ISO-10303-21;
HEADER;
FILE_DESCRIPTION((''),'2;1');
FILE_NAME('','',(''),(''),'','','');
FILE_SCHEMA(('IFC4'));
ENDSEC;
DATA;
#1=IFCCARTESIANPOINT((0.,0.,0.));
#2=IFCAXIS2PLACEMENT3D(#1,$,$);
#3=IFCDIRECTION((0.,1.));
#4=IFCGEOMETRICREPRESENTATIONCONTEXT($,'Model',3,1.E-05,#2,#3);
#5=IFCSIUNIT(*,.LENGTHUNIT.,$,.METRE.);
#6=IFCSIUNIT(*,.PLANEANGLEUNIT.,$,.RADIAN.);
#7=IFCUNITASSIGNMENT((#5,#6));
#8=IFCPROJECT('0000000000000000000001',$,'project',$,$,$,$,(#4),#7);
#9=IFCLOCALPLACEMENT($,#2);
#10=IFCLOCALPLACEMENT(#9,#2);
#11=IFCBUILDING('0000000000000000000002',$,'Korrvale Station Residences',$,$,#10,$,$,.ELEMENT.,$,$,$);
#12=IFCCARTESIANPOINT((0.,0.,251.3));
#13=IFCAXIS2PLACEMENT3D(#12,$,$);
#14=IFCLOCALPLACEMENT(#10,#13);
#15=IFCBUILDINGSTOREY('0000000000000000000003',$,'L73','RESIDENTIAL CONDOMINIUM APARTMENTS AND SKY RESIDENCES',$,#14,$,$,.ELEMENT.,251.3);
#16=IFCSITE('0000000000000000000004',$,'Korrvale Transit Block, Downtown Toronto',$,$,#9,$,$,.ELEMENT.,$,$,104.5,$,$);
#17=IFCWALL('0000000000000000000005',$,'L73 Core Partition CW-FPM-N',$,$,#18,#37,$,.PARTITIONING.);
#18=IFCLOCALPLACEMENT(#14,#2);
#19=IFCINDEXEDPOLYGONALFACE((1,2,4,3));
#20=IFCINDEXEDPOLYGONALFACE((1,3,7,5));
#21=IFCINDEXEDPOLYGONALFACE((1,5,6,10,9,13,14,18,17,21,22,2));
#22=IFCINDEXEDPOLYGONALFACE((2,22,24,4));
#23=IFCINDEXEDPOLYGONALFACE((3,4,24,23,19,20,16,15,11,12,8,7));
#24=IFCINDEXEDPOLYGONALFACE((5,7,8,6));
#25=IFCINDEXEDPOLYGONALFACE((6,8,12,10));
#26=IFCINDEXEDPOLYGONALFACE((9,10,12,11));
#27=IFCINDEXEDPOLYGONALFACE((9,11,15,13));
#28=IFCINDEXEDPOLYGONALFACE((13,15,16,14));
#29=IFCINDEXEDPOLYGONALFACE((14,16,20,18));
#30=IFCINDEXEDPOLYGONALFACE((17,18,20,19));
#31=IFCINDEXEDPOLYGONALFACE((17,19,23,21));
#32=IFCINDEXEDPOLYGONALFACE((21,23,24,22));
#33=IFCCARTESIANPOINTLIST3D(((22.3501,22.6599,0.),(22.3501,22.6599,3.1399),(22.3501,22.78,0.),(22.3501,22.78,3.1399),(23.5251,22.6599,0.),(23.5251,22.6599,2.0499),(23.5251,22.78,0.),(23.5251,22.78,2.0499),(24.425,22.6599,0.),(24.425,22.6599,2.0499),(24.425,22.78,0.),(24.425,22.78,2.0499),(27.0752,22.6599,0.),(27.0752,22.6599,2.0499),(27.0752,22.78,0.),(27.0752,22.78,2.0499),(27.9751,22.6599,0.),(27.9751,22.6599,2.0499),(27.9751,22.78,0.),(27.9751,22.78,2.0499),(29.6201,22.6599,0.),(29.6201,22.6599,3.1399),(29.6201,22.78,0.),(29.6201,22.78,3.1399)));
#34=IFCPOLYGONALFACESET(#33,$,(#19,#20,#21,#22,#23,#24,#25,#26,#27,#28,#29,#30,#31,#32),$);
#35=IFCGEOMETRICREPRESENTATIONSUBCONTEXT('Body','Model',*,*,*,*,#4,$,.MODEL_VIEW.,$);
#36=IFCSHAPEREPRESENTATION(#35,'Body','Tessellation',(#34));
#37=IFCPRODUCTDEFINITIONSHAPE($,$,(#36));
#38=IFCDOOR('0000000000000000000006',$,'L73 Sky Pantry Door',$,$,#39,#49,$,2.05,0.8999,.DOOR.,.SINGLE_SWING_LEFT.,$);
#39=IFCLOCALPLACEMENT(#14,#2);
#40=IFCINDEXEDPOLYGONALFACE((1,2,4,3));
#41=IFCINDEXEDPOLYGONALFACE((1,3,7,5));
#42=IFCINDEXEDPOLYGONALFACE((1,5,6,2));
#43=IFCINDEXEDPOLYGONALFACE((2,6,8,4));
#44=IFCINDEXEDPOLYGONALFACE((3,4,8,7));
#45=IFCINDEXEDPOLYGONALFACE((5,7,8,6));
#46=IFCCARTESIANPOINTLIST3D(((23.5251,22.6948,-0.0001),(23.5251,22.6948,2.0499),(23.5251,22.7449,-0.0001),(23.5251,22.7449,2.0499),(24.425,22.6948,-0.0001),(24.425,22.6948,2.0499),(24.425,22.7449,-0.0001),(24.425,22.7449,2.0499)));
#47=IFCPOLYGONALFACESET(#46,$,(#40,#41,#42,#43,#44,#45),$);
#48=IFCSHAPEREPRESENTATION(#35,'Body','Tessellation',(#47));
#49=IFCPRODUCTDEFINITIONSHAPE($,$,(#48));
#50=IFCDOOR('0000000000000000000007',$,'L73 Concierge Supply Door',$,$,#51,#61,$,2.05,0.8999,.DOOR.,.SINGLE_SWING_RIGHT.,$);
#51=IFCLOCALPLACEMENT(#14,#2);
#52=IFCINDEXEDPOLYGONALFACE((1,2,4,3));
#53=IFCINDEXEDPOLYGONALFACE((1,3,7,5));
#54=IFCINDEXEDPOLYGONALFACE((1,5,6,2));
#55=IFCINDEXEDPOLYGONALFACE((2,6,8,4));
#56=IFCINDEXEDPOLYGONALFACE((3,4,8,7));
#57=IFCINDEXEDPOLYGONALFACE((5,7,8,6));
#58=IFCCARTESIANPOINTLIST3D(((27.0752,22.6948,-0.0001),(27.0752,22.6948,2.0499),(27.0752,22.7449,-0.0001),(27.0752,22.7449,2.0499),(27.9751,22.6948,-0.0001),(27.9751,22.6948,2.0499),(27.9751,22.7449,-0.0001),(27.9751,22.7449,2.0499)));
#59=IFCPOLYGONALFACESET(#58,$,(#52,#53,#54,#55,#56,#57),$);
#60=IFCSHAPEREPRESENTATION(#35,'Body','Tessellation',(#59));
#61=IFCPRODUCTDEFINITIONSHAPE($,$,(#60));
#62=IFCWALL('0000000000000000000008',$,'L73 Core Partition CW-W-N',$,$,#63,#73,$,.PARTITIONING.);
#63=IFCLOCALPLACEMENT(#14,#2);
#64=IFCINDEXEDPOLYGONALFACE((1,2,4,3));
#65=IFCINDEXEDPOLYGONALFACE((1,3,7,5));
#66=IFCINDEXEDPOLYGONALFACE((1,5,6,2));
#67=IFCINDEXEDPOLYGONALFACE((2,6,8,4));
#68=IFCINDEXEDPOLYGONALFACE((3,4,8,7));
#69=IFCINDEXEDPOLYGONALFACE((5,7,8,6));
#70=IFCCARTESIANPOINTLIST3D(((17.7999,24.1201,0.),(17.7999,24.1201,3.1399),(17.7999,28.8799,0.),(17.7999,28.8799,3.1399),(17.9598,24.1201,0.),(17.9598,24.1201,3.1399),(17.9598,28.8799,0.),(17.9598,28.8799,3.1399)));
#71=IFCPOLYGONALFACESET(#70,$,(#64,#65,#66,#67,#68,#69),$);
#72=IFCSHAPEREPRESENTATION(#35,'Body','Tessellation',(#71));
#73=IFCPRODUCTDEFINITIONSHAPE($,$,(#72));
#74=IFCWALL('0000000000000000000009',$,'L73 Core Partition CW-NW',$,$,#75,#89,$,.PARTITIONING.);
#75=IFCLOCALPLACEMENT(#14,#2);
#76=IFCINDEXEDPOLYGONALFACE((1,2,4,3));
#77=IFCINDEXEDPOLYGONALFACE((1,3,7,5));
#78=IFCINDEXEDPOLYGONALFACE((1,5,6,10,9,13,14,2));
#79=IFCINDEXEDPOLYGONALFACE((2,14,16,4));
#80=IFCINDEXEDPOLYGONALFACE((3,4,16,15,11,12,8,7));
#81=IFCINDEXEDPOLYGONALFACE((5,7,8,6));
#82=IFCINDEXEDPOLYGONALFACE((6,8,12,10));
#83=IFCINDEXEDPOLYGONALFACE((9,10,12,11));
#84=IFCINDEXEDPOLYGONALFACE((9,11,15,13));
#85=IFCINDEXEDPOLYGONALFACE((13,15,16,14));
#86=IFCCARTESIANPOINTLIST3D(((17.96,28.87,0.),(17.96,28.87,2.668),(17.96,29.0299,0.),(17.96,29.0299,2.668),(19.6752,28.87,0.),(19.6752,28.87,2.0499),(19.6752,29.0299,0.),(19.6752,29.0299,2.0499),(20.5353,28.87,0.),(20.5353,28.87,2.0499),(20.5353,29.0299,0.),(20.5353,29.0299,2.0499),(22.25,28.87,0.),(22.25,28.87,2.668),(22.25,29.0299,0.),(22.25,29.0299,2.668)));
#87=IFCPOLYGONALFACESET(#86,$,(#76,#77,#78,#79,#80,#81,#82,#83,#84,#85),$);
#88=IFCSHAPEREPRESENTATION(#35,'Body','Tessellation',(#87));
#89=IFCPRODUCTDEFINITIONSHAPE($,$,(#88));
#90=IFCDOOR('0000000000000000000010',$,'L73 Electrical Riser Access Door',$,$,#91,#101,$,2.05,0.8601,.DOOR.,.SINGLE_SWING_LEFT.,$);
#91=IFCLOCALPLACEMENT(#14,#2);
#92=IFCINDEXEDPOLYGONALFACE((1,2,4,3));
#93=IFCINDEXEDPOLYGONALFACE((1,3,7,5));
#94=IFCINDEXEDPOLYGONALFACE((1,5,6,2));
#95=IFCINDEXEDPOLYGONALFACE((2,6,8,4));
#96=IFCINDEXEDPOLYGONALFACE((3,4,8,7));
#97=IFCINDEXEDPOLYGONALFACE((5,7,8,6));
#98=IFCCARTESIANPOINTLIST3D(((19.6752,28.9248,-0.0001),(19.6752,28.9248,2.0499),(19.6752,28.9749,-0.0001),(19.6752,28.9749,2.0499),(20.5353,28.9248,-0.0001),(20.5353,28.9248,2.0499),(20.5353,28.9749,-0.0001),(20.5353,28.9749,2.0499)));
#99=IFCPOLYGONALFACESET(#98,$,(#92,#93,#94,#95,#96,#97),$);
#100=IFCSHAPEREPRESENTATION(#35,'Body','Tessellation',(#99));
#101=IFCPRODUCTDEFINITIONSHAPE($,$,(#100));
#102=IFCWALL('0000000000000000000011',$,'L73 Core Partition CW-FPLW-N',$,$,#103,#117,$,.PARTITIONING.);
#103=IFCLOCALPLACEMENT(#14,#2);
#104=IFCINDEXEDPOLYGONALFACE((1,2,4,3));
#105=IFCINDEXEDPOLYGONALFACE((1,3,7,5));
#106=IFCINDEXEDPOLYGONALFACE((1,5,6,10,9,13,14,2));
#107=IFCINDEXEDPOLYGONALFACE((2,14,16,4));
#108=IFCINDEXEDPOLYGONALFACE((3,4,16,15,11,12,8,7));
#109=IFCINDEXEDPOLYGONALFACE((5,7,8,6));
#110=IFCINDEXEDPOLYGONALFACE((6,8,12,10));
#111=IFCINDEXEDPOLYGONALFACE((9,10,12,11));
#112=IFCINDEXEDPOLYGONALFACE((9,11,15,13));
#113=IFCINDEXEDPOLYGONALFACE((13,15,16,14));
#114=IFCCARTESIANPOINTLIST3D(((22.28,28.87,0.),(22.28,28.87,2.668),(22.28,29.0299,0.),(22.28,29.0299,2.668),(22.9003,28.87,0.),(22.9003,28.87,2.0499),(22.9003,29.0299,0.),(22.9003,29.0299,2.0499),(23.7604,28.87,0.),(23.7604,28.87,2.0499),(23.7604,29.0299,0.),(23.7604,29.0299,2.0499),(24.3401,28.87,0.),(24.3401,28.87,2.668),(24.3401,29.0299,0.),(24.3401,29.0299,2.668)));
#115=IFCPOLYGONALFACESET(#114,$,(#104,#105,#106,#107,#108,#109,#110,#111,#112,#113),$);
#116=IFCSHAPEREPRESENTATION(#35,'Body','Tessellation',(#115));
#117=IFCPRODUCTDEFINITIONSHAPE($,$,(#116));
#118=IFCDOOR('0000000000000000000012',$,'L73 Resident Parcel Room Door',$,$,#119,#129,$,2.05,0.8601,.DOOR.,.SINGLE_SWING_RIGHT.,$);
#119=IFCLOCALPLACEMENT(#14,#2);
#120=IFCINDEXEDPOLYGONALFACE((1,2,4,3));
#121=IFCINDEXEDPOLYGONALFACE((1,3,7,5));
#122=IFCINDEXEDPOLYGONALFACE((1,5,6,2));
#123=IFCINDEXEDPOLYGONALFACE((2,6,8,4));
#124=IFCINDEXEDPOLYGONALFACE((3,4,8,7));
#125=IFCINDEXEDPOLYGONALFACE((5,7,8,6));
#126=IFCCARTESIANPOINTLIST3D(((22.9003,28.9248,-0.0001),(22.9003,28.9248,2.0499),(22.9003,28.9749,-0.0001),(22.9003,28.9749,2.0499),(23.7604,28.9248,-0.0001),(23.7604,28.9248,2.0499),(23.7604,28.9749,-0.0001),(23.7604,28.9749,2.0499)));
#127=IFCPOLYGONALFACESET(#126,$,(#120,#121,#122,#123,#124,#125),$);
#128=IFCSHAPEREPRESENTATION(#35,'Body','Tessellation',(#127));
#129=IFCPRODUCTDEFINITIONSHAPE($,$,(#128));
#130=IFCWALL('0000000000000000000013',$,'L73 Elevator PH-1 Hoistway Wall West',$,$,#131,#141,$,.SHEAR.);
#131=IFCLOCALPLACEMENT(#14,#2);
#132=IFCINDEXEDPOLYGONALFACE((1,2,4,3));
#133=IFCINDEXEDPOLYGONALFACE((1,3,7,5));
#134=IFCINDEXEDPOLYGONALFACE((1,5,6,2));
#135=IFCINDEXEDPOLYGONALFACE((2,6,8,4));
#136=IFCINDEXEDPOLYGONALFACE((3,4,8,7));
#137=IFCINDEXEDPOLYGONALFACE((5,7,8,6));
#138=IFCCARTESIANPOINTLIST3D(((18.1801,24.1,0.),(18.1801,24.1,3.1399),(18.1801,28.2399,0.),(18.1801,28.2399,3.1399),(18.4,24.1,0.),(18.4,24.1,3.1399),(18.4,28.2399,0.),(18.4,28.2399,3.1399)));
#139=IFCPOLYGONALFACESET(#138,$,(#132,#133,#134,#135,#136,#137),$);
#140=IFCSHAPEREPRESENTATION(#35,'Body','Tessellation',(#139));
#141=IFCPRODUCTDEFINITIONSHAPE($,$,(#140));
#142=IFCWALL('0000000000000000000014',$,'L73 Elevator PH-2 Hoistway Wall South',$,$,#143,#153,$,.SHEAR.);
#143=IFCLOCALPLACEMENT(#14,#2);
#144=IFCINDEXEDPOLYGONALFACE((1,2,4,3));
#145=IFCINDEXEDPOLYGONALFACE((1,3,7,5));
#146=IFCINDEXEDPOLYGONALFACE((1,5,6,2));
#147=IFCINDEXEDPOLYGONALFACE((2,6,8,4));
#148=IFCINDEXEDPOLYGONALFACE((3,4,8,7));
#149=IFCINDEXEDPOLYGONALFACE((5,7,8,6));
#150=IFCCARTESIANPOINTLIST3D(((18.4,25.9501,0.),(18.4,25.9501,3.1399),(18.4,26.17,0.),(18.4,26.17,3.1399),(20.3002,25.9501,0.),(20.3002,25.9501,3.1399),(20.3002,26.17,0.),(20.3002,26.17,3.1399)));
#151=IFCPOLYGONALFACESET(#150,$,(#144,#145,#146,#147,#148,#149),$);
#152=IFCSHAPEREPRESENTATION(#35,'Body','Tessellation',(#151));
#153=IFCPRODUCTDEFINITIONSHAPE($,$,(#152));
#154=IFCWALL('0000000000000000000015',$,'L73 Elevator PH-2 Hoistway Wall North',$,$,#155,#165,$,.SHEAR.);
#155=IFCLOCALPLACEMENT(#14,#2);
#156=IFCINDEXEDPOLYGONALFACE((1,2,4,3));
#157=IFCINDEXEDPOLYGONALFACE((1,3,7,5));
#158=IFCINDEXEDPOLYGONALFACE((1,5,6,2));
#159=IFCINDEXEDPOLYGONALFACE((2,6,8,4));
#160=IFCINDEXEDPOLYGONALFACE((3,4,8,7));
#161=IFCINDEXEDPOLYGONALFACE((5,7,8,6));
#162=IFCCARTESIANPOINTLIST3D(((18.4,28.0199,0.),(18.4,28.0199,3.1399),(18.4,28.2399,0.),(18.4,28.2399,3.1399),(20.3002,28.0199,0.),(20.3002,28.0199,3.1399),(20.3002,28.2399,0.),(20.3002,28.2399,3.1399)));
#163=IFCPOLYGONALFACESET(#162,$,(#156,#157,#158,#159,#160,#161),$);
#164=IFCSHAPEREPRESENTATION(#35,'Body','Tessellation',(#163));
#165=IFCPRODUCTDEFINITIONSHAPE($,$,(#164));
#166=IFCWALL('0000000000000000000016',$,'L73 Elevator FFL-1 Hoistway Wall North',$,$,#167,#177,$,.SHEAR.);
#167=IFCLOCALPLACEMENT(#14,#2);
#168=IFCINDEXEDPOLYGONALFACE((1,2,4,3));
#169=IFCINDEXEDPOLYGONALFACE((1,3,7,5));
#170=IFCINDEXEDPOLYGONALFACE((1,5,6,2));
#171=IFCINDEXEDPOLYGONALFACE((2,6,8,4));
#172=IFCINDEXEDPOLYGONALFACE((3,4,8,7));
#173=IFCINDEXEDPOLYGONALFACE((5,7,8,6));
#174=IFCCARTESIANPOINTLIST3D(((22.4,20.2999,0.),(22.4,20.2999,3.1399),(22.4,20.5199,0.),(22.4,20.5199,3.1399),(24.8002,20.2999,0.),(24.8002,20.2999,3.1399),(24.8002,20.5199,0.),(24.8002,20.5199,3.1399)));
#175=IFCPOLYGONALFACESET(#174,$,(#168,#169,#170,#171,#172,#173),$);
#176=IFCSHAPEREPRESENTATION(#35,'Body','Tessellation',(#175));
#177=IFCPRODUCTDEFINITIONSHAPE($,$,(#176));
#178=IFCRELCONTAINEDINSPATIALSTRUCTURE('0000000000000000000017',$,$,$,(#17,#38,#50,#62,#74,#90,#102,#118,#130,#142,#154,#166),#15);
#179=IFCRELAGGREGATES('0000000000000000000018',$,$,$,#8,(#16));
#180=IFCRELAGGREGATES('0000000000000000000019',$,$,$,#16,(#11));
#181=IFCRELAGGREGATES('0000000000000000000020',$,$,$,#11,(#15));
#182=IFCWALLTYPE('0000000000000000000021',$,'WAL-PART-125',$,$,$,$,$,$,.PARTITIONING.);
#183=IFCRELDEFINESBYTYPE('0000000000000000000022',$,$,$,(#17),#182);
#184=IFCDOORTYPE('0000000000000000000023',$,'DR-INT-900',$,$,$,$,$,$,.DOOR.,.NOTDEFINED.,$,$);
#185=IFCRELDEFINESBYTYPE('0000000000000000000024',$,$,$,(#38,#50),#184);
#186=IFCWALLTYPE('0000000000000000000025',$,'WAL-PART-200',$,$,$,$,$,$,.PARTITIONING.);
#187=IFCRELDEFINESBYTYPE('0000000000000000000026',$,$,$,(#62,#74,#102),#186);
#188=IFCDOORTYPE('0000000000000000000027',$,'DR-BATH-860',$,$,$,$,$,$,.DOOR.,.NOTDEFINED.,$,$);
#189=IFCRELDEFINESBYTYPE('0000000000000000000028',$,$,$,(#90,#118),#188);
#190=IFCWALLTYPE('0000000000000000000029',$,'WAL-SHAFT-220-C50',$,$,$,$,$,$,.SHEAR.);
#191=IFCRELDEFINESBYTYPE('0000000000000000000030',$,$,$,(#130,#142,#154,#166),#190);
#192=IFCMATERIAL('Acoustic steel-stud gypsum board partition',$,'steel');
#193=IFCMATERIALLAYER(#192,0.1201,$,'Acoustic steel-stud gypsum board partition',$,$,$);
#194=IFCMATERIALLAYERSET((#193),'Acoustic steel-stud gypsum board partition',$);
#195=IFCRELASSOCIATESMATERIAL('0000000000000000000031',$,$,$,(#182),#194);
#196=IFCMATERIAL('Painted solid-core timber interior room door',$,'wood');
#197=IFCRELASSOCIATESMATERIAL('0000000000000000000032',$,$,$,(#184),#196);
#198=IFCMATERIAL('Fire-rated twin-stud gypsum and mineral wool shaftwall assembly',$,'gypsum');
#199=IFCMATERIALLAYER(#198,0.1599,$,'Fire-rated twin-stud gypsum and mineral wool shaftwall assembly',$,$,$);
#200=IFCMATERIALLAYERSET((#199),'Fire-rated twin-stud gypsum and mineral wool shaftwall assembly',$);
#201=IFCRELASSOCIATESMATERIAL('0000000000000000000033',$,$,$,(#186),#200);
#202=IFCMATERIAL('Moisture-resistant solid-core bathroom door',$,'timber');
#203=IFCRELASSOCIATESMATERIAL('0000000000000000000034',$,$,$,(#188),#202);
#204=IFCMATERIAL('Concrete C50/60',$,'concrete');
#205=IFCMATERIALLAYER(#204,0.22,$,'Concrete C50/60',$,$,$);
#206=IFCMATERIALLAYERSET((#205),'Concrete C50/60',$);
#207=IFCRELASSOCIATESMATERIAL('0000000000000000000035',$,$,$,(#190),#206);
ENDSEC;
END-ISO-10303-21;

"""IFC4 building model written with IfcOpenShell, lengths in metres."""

from ifc_helpers import new_model, si_unit, direction, frame, frame_2d, origin, place, context, subcontext, project, spatial, rectangle, extrude, material, layer, layer_set, type_object, element, fill, save


model = new_model("IFC4")

# Units and contexts
model_context = context("Model", 3, precision=1e-05, world=origin(), true_north=direction((0.0, 1.0)))
body_context = subcontext(model_context, "Body", "Model", "MODEL_VIEW")
ifc_project = project(units=[si_unit("LENGTHUNIT", "METRE"), si_unit("PLANEANGLEUNIT", "RADIAN")], contexts=[model_context])

# Site, building, storey
site_placement = place(None, origin())
site = spatial("IfcSite", under=ifc_project, at=site_placement, Name="Korrvale Transit Block, Downtown Toronto", CompositionType="ELEMENT", RefElevation=104.5)
building_placement = place(site_placement, origin())
building = spatial("IfcBuilding", under=site, at=building_placement, Name="Korrvale Station Residences", CompositionType="ELEMENT")
storey_placement = place(building_placement, frame((0.0, 0.0, 251.3)))
storey = spatial("IfcBuildingStorey", under=building, at=storey_placement, Name="L73", Description="RESIDENTIAL CONDOMINIUM APARTMENTS AND SKY RESIDENCES", CompositionType="ELEMENT", Elevation=251.3)

# Shared definitions
ifc_material_1 = material(Name="Concrete C50/60", Category="concrete")

# Shared definitions
ifc_material_2 = material(Name="Acoustic steel-stud gypsum board partition", Category="steel")
ifc_layer_1 = layer(ifc_material_2, 0.1201, Name="Acoustic steel-stud gypsum board partition")
ifc_layer_set_1 = layer_set([ifc_layer_1], Name="Acoustic steel-stud gypsum board partition")
wall_type_1 = type_object("IfcWallType", Name="WAL-PART-125", PredefinedType="PARTITIONING", material=ifc_layer_set_1)

# Wall, openings, doors
wall_1_placement = place(storey_placement, frame((22.3501, 22.72, 0.0), z_axis=(0.0, 0.0, 1.0), x_axis=(1.0, 0.0, 0.0)))
wall_1 = element("IfcWall", 1, at=wall_1_placement, inside=storey, type_object=wall_type_1, Name="L73 Core Partition CW-FPM-N", PredefinedType="PARTITIONING", context=body_context, shape_type="SweptSolid", body=[
    extrude(rectangle(XDim=7.27, YDim=0.1201, at=frame_2d((3.635, 0.0))), origin(), (0.0, 0.0, 1.0), 3.1399),
])
opening_1_placement = place(wall_1_placement, frame((1.175, 0.0, 0.0)))
opening_1 = element("IfcOpeningElement", 2, at=opening_1_placement, cuts=wall_1, PredefinedType="OPENING", context=body_context, shape_type="SweptSolid", body=[
    extrude(rectangle(XDim=0.8999, YDim=2.05, at=frame_2d((0.45, 1.0249))), frame((0.0, 0.0701, 0.0), z_axis=(0.0, -1.0, 0.0), x_axis=(1.0, 0.0, 0.0)), (0.0, 0.0, 1.0), 0.1401),
])
opening_2_placement = place(wall_1_placement, frame((4.7251, 0.0, 0.0)))
opening_2 = element("IfcOpeningElement", 3, at=opening_2_placement, cuts=wall_1, PredefinedType="OPENING", context=body_context, shape_type="SweptSolid", body=[
    extrude(rectangle(XDim=0.8999, YDim=2.05, at=frame_2d((0.45, 1.0249))), frame((0.0, 0.0701, 0.0), z_axis=(0.0, -1.0, 0.0), x_axis=(1.0, 0.0, 0.0)), (0.0, 0.0, 1.0), 0.1401),
])
ifc_material_3 = material(Name="Painted solid-core timber interior room door", Category="wood")
door_type_1 = type_object("IfcDoorType", Name="DR-INT-900", OperationType="NOTDEFINED", PredefinedType="DOOR", material=ifc_material_3)
door_1_placement = place(opening_1_placement, origin())
door_1 = element("IfcDoor", 4, at=door_1_placement, inside=storey, type_object=door_type_1, Name="L73 Sky Pantry Door", OperationType="SINGLE_SWING_LEFT", OverallHeight=2.05, OverallWidth=0.8999, PredefinedType="DOOR", context=body_context, shape_type="SweptSolid", body=[
    extrude(rectangle(XDim=0.8999, YDim=2.05, at=frame_2d((0.45, 1.0249))), frame((0.0, 0.0249, 0.0), z_axis=(0.0, -1.0, 0.0), x_axis=(1.0, 0.0, 0.0)), (0.0, 0.0, 1.0), 0.05),
])
fill(opening_1, door_1)
door_2_placement = place(opening_2_placement, origin())
door_2 = element("IfcDoor", 5, at=door_2_placement, inside=storey, type_object=door_type_1, Name="L73 Concierge Supply Door", OperationType="SINGLE_SWING_RIGHT", OverallHeight=2.05, OverallWidth=0.8999, PredefinedType="DOOR", context=body_context, shape_type="SweptSolid", body=[
    extrude(rectangle(XDim=0.8999, YDim=2.05, at=frame_2d((0.45, 1.0249))), frame((0.0, 0.0249, 0.0), z_axis=(0.0, -1.0, 0.0), x_axis=(1.0, 0.0, 0.0)), (0.0, 0.0, 1.0), 0.05),
])
fill(opening_2, door_2)

# Wall
ifc_material_4 = material(Name="Fire-rated twin-stud gypsum and mineral wool shaftwall assembly", Category="gypsum")
ifc_layer_2 = layer(ifc_material_4, 0.1599, Name="Fire-rated twin-stud gypsum and mineral wool shaftwall assembly")
ifc_layer_set_2 = layer_set([ifc_layer_2], Name="Fire-rated twin-stud gypsum and mineral wool shaftwall assembly")
wall_type_2 = type_object("IfcWallType", Name="WAL-PART-200", PredefinedType="PARTITIONING", material=ifc_layer_set_2)
wall_2_placement = place(storey_placement, frame((17.8799, 24.1201, 0.0), z_axis=(0.0, 0.0, 1.0), x_axis=(0.0, 1.0, 0.0)))
element("IfcWall", 6, at=wall_2_placement, inside=storey, type_object=wall_type_2, Name="L73 Core Partition CW-W-N", PredefinedType="PARTITIONING", context=body_context, shape_type="SweptSolid", body=[
    extrude(rectangle(XDim=4.7598, YDim=0.1599, at=frame_2d((2.3799, 0.0))), origin(), (0.0, 0.0, 1.0), 3.1399),
])

# Walls, openings, doors
wall_3_placement = place(storey_placement, frame((17.96, 28.95, 0.0), z_axis=(0.0, 0.0, 1.0), x_axis=(1.0, 0.0, 0.0)))
wall_3 = element("IfcWall", 7, at=wall_3_placement, inside=storey, type_object=wall_type_2, Name="L73 Core Partition CW-NW", PredefinedType="PARTITIONING", context=body_context, shape_type="SweptSolid", body=[
    extrude(rectangle(XDim=4.29, YDim=0.1599, at=frame_2d((2.145, 0.0))), origin(), (0.0, 0.0, 1.0), 2.668),
])
opening_3_placement = place(wall_3_placement, frame((1.7151, 0.0, 0.0)))
opening_3 = element("IfcOpeningElement", 8, at=opening_3_placement, cuts=wall_3, PredefinedType="OPENING", context=body_context, shape_type="SweptSolid", body=[
    extrude(rectangle(XDim=0.8601, YDim=2.05, at=frame_2d((0.4302, 1.0249))), frame((0.0, 0.0898, 0.0), z_axis=(0.0, -1.0, 0.0), x_axis=(1.0, 0.0, 0.0)), (0.0, 0.0, 1.0), 0.1799),
])
ifc_material_5 = material(Name="Moisture-resistant solid-core bathroom door", Category="timber")
door_type_2 = type_object("IfcDoorType", Name="DR-BATH-860", OperationType="NOTDEFINED", PredefinedType="DOOR", material=ifc_material_5)
door_3_placement = place(opening_3_placement, origin())
door_3 = element("IfcDoor", 9, at=door_3_placement, inside=storey, type_object=door_type_2, Name="L73 Electrical Riser Access Door", OperationType="SINGLE_SWING_LEFT", OverallHeight=2.05, OverallWidth=0.8601, PredefinedType="DOOR", context=body_context, shape_type="SweptSolid", body=[
    extrude(rectangle(XDim=0.8601, YDim=2.05, at=frame_2d((0.4302, 1.0249))), frame((0.0, 0.0249, 0.0), z_axis=(0.0, -1.0, 0.0), x_axis=(1.0, 0.0, 0.0)), (0.0, 0.0, 1.0), 0.05),
])
fill(opening_3, door_3)
wall_4_placement = place(storey_placement, frame((22.28, 28.95, 0.0), z_axis=(0.0, 0.0, 1.0), x_axis=(1.0, 0.0, 0.0)))
wall_4 = element("IfcWall", 10, at=wall_4_placement, inside=storey, type_object=wall_type_2, Name="L73 Core Partition CW-FPLW-N", PredefinedType="PARTITIONING", context=body_context, shape_type="SweptSolid", body=[
    extrude(rectangle(XDim=2.0601, YDim=0.1599, at=frame_2d((1.03, 0.0))), origin(), (0.0, 0.0, 1.0), 2.668),
])
opening_4_placement = place(wall_4_placement, frame((0.6201, 0.0, 0.0)))
opening_4 = element("IfcOpeningElement", 11, at=opening_4_placement, cuts=wall_4, PredefinedType="OPENING", context=body_context, shape_type="SweptSolid", body=[
    extrude(rectangle(XDim=0.8601, YDim=2.05, at=frame_2d((0.4302, 1.0249))), frame((0.0, 0.0898, 0.0), z_axis=(0.0, -1.0, 0.0), x_axis=(1.0, 0.0, 0.0)), (0.0, 0.0, 1.0), 0.1799),
])
door_4_placement = place(opening_4_placement, origin())
door_4 = element("IfcDoor", 12, at=door_4_placement, inside=storey, type_object=door_type_2, Name="L73 Resident Parcel Room Door", OperationType="SINGLE_SWING_RIGHT", OverallHeight=2.05, OverallWidth=0.8601, PredefinedType="DOOR", context=body_context, shape_type="SweptSolid", body=[
    extrude(rectangle(XDim=0.8601, YDim=2.05, at=frame_2d((0.4302, 1.0249))), frame((0.0, 0.0249, 0.0), z_axis=(0.0, -1.0, 0.0), x_axis=(1.0, 0.0, 0.0)), (0.0, 0.0, 1.0), 0.05),
])
fill(opening_4, door_4)

# Wall
ifc_layer_3 = layer(ifc_material_1, 0.22, Name="Concrete C50/60")
ifc_layer_set_3 = layer_set([ifc_layer_3], Name="Concrete C50/60")
wall_type_3 = type_object("IfcWallType", Name="WAL-SHAFT-220-C50", PredefinedType="SHEAR", material=ifc_layer_set_3)
wall_5_placement = place(storey_placement, frame((18.29, 24.1001, 0.0), z_axis=(0.0, 0.0, 1.0), x_axis=(0.0, 1.0, 0.0)))
element("IfcWall", 13, at=wall_5_placement, inside=storey, type_object=wall_type_3, Name="L73 Elevator PH-1 Hoistway Wall West", PredefinedType="SHEAR", context=body_context, shape_type="SweptSolid", body=[
    extrude(rectangle(XDim=4.1399, YDim=0.22, at=frame_2d((2.0698, 0.0))), origin(), (0.0, 0.0, 1.0), 3.1399),
])

# Walls
for number, where, z_axis, x_axis, name in (
    (14, (18.3999, 26.0601, 0.0), (0.0, 0.0, 1.0), (1.0, 0.0, 0.0), "L73 Elevator PH-2 Hoistway Wall South"),
    (15, (18.3999, 28.1299, 0.0), (0.0, 0.0, 1.0), (1.0, 0.0, 0.0), "L73 Elevator PH-2 Hoistway Wall North"),
):
    element("IfcWall", number, at=place(storey_placement, frame(where, z_axis=z_axis, x_axis=x_axis)), inside=storey, type_object=wall_type_3, Name=name, PredefinedType="SHEAR", context=body_context, shape_type="SweptSolid", body=[
        extrude(rectangle(XDim=1.9001, YDim=0.22, at=frame_2d((0.9502, 0.0))), origin(), (0.0, 0.0, 1.0), 3.1399),
    ])

# Wall
wall_6_placement = place(storey_placement, frame((22.3999, 20.4099, 0.0), z_axis=(0.0, 0.0, 1.0), x_axis=(1.0, 0.0, 0.0)))
element("IfcWall", 16, at=wall_6_placement, inside=storey, type_object=wall_type_3, Name="L73 Elevator FFL-1 Hoistway Wall North", PredefinedType="SHEAR", context=body_context, shape_type="SweptSolid", body=[
    extrude(rectangle(XDim=2.4001, YDim=0.22, at=frame_2d((1.2002, 0.0))), origin(), (0.0, 0.0, 1.0), 3.1399),
])

save(model, "model.ifc")
